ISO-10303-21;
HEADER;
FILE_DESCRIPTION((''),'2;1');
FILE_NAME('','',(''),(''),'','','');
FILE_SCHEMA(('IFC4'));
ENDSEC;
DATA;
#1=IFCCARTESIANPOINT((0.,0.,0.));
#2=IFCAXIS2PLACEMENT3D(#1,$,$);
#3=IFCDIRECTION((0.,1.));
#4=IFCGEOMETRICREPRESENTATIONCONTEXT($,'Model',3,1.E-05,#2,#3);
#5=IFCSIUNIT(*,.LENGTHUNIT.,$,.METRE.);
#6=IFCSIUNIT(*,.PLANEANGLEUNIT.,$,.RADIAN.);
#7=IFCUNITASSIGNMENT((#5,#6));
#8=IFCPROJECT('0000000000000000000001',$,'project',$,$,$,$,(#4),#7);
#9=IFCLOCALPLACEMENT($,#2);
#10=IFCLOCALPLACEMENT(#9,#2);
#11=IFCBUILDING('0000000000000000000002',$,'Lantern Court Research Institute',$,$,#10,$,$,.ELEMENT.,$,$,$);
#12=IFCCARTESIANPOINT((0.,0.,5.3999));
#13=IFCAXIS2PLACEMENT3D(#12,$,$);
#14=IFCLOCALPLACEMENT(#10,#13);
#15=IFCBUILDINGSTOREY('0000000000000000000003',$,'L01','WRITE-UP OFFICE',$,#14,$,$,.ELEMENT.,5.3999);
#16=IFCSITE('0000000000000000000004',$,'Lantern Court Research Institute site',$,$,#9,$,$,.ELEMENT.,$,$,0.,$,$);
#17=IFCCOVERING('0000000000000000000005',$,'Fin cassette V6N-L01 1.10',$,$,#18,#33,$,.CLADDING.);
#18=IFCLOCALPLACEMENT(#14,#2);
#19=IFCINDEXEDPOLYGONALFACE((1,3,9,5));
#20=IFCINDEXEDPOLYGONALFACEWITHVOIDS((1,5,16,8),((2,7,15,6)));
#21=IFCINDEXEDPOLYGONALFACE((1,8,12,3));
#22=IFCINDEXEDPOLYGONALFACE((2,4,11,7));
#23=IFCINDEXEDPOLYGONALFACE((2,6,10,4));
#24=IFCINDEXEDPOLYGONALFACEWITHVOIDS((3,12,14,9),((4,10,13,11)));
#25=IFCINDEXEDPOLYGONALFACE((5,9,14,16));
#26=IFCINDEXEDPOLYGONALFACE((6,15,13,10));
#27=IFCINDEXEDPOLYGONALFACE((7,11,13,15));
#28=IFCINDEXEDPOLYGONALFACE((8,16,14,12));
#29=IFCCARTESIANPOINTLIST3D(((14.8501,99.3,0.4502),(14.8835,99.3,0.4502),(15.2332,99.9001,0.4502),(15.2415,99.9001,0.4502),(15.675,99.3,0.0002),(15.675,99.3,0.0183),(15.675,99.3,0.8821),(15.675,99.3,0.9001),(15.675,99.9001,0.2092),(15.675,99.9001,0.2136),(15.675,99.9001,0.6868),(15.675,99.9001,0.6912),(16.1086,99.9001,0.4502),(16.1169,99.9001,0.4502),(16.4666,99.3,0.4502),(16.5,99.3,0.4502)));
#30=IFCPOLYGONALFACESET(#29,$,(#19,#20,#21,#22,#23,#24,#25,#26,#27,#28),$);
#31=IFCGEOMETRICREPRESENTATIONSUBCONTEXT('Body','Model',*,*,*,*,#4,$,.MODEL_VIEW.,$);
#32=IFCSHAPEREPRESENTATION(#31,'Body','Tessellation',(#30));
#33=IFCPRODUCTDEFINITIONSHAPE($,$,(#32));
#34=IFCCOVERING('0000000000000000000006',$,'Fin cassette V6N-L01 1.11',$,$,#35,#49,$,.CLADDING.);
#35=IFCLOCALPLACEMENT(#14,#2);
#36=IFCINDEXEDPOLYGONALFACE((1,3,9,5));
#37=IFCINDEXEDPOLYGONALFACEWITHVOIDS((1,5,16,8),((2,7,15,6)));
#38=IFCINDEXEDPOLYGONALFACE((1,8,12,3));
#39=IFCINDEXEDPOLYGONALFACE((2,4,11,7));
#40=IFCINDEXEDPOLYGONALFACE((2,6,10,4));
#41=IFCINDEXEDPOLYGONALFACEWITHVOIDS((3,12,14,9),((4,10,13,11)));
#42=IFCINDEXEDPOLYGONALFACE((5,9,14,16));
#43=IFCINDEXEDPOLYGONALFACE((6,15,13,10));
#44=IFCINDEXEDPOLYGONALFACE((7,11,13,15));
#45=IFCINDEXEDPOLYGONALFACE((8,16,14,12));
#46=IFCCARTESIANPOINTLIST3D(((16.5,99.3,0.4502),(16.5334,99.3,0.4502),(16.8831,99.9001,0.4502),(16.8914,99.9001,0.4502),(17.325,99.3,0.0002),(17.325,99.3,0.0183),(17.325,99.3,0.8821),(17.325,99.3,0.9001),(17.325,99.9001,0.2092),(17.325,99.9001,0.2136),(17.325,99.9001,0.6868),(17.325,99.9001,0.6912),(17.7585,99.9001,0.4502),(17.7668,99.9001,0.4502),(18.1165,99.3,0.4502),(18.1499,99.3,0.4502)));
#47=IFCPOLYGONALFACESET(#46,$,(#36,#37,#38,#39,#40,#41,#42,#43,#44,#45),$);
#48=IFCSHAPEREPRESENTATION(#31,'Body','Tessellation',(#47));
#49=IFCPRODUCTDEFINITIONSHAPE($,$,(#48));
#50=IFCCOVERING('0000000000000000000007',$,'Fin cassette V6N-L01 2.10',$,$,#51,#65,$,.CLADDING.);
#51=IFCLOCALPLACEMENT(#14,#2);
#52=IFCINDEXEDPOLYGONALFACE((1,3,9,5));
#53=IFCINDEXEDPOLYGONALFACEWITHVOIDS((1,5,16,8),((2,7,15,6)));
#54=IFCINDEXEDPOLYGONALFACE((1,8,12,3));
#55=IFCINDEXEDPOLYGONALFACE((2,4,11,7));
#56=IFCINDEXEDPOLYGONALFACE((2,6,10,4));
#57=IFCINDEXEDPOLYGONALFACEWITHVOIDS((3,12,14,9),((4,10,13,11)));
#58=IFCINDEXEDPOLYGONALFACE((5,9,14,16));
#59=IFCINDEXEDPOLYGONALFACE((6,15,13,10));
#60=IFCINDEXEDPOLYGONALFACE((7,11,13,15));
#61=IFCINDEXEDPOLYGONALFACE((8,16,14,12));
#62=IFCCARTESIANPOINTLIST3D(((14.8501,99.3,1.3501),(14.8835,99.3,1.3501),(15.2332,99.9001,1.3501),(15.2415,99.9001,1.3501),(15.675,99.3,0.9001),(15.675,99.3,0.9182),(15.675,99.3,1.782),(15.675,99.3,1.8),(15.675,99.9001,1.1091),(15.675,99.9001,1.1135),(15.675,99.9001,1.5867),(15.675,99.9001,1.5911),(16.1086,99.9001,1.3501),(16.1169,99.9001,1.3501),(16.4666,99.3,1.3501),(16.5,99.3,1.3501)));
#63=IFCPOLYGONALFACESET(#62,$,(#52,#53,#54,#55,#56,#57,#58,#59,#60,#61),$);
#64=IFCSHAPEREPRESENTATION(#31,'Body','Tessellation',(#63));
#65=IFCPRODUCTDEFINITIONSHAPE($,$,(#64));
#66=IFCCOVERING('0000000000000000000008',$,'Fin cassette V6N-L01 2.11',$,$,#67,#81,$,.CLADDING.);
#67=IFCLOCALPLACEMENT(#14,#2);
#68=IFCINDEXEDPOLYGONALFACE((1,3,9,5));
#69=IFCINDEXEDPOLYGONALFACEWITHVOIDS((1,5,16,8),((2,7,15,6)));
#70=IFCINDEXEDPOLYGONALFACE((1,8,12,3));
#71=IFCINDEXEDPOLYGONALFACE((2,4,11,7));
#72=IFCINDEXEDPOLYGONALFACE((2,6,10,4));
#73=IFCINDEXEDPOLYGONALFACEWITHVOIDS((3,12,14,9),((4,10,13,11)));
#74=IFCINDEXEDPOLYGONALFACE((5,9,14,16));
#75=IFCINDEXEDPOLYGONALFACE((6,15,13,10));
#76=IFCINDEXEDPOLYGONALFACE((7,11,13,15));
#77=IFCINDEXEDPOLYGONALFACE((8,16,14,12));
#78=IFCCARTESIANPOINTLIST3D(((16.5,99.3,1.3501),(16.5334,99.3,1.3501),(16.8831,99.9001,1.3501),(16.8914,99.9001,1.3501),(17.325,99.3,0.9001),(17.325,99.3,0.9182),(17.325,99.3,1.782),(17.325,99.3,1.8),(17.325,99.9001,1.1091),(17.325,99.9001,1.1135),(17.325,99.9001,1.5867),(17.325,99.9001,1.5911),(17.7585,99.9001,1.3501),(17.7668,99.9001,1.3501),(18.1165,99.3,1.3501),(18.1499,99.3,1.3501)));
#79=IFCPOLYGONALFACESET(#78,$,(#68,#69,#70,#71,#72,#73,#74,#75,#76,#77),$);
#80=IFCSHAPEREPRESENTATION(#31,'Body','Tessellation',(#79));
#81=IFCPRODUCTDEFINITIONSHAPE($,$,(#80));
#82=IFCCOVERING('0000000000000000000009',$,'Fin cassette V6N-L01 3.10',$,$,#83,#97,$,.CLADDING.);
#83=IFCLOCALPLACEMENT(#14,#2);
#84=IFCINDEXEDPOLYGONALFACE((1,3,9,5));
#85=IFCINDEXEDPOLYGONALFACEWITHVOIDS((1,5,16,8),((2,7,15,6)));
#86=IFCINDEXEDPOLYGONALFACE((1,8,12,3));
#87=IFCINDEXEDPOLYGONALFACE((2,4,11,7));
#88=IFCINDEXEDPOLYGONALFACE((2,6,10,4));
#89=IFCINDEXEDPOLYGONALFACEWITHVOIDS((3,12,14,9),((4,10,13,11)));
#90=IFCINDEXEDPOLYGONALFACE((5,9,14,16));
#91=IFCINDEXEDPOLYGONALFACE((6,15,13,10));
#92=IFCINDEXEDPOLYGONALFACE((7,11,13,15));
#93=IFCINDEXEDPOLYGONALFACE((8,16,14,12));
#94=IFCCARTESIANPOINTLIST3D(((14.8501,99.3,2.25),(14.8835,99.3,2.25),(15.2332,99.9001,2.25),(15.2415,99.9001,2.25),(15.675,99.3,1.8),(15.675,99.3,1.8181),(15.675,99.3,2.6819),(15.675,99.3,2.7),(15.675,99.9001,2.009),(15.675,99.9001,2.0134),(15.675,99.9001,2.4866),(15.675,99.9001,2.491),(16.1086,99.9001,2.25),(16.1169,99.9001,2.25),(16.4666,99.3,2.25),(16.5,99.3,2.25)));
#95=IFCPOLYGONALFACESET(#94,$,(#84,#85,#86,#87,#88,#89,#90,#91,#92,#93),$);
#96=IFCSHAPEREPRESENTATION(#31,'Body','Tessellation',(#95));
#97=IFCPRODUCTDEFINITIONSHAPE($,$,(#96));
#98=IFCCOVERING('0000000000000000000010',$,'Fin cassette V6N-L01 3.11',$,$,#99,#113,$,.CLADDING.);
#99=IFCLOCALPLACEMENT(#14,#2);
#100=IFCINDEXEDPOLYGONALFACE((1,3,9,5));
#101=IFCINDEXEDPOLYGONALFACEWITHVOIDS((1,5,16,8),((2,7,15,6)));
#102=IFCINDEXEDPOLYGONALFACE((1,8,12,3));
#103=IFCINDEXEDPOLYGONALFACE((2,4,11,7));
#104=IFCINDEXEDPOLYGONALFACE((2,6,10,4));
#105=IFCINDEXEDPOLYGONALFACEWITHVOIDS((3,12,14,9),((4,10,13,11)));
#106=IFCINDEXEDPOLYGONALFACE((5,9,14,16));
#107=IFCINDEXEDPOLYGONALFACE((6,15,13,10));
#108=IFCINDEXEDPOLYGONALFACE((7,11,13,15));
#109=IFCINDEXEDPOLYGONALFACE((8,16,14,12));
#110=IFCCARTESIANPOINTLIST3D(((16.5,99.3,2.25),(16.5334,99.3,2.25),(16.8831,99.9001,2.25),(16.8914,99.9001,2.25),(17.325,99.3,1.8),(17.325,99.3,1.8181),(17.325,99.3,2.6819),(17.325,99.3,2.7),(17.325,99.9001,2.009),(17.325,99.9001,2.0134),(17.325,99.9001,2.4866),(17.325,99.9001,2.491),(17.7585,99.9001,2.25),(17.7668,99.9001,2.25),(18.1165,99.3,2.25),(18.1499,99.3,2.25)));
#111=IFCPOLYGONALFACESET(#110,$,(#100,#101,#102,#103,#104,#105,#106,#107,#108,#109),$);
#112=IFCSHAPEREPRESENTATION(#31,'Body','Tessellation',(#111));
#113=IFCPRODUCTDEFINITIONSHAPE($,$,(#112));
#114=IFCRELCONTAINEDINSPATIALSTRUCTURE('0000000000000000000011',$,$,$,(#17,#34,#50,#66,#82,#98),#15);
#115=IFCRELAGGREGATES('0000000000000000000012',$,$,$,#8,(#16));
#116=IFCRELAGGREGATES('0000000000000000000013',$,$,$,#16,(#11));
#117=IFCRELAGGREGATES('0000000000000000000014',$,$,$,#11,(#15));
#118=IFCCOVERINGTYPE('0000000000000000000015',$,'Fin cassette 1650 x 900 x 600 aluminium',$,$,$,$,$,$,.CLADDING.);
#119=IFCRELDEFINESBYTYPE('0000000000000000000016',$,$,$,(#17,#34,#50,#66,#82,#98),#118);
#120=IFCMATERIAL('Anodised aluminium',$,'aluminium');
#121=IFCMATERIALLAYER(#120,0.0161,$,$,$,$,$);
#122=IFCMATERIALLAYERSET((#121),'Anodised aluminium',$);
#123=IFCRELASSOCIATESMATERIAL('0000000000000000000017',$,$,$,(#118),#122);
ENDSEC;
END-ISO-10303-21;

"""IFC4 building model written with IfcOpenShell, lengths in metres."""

from ifc_helpers import new_model, entity, si_unit, direction, frame, origin, place, context, subcontext, project, spatial, material, layer, layer_set, type_object, element, save


model = new_model("IFC4")

# Units and contexts
model_context = context("Model", 3, precision=1e-05, world=origin(), true_north=direction((0.0, 1.0)))
body_context = subcontext(model_context, "Body", "Model", "MODEL_VIEW")
ifc_project = project(units=[si_unit("LENGTHUNIT", "METRE"), si_unit("PLANEANGLEUNIT", "RADIAN")], contexts=[model_context])

# Site, building, storey
site_placement = place(None, origin())
site = spatial("IfcSite", under=ifc_project, at=site_placement, Name="Lantern Court Research Institute site", CompositionType="ELEMENT", RefElevation=0.0)
building_placement = place(site_placement, origin())
building = spatial("IfcBuilding", under=site, at=building_placement, Name="Lantern Court Research Institute", CompositionType="ELEMENT")
storey_placement = place(building_placement, frame((0.0, 0.0, 5.3999)))
storey = spatial("IfcBuildingStorey", under=building, at=storey_placement, Name="L01", Description="WRITE-UP OFFICE", CompositionType="ELEMENT", Elevation=5.3999)

# Coverings
ifc_material_1 = material(Name="Anodised aluminium", Category="aluminium")
ifc_layer_1 = layer(ifc_material_1, 0.0161)
ifc_layer_set_1 = layer_set([ifc_layer_1], Name="Anodised aluminium")
covering_type_1 = type_object("IfcCoveringType", Name="Fin cassette 1650 x 900 x 600 aluminium", PredefinedType="CLADDING", material=ifc_layer_set_1)
covering_1_placement = place(storey_placement, frame((15.675, 99.3, 0.4502), z_axis=(0.0, 1.0, 0.0), x_axis=(-1.0, 0.0, 0.0)))
cartesian_point_1 = entity("IfcCartesianPoint", [0.825, 0.0])
cartesian_point_2 = entity("IfcCartesianPoint", [0.7915, 0.0])
cartesian_point_3 = entity("IfcCartesianPoint", [0.4419, 0.0])
cartesian_point_4 = entity("IfcCartesianPoint", [0.4336, 0.0])
element("IfcCovering", 1, at=covering_1_placement, inside=storey, type_object=covering_type_1, Name="Fin cassette V6N-L01 1.10", PredefinedType="CLADDING", context=body_context, shape_type="SweptSolid", body=[
    entity("IfcExtrudedAreaSolidTapered", entity("IfcArbitraryProfileDefWithVoids", "AREA", None, entity("IfcPolyline", [cartesian_point_1, entity("IfcCartesianPoint", [0.0, 0.45]), entity("IfcCartesianPoint", [-0.825, 0.0]), entity("IfcCartesianPoint", [0.0, -0.45]), cartesian_point_1]), [entity("IfcPolyline", [cartesian_point_2, entity("IfcCartesianPoint", [0.0, 0.4319]), entity("IfcCartesianPoint", [-0.7915, 0.0]), entity("IfcCartesianPoint", [0.0, -0.4319]), cartesian_point_2])]), entity("IfcAxis2Placement3D", entity("IfcCartesianPoint", [0.0, 0.0, 0.0])), entity("IfcDirection", [0.0, 0.0, 1.0]), 0.6001, entity("IfcArbitraryProfileDefWithVoids", "AREA", None, entity("IfcPolyline", [cartesian_point_3, entity("IfcCartesianPoint", [0.0, 0.241]), entity("IfcCartesianPoint", [-0.4419, 0.0]), entity("IfcCartesianPoint", [0.0, -0.241]), cartesian_point_3]), [entity("IfcPolyline", [cartesian_point_4, entity("IfcCartesianPoint", [0.0, 0.2366]), entity("IfcCartesianPoint", [-0.4336, 0.0]), entity("IfcCartesianPoint", [0.0, -0.2366]), cartesian_point_4])])),
])
covering_2_placement = place(storey_placement, frame((17.325, 99.3, 0.4502), z_axis=(0.0, 1.0, 0.0), x_axis=(-1.0, 0.0, 0.0)))
cartesian_point_5 = entity("IfcCartesianPoint", [0.825, 0.0])
cartesian_point_6 = entity("IfcCartesianPoint", [0.7915, 0.0])
cartesian_point_7 = entity("IfcCartesianPoint", [0.4419, 0.0])
cartesian_point_8 = entity("IfcCartesianPoint", [0.4336, 0.0])
element("IfcCovering", 2, at=covering_2_placement, inside=storey, type_object=covering_type_1, Name="Fin cassette V6N-L01 1.11", PredefinedType="CLADDING", context=body_context, shape_type="SweptSolid", body=[
    entity("IfcExtrudedAreaSolidTapered", entity("IfcArbitraryProfileDefWithVoids", "AREA", None, entity("IfcPolyline", [cartesian_point_5, entity("IfcCartesianPoint", [0.0, 0.45]), entity("IfcCartesianPoint", [-0.825, 0.0]), entity("IfcCartesianPoint", [0.0, -0.45]), cartesian_point_5]), [entity("IfcPolyline", [cartesian_point_6, entity("IfcCartesianPoint", [0.0, 0.4319]), entity("IfcCartesianPoint", [-0.7915, 0.0]), entity("IfcCartesianPoint", [0.0, -0.4319]), cartesian_point_6])]), entity("IfcAxis2Placement3D", entity("IfcCartesianPoint", [0.0, 0.0, 0.0])), entity("IfcDirection", [0.0, 0.0, 1.0]), 0.6001, entity("IfcArbitraryProfileDefWithVoids", "AREA", None, entity("IfcPolyline", [cartesian_point_7, entity("IfcCartesianPoint", [0.0, 0.241]), entity("IfcCartesianPoint", [-0.4419, 0.0]), entity("IfcCartesianPoint", [0.0, -0.241]), cartesian_point_7]), [entity("IfcPolyline", [cartesian_point_8, entity("IfcCartesianPoint", [0.0, 0.2366]), entity("IfcCartesianPoint", [-0.4336, 0.0]), entity("IfcCartesianPoint", [0.0, -0.2366]), cartesian_point_8])])),
])
covering_3_placement = place(storey_placement, frame((15.675, 99.3, 1.3501), z_axis=(0.0, 1.0, 0.0), x_axis=(-1.0, 0.0, 0.0)))
cartesian_point_9 = entity("IfcCartesianPoint", [0.825, 0.0])
cartesian_point_10 = entity("IfcCartesianPoint", [0.7915, 0.0])
cartesian_point_11 = entity("IfcCartesianPoint", [0.4419, 0.0])
cartesian_point_12 = entity("IfcCartesianPoint", [0.4336, 0.0])
element("IfcCovering", 3, at=covering_3_placement, inside=storey, type_object=covering_type_1, Name="Fin cassette V6N-L01 2.10", PredefinedType="CLADDING", context=body_context, shape_type="SweptSolid", body=[
    entity("IfcExtrudedAreaSolidTapered", entity("IfcArbitraryProfileDefWithVoids", "AREA", None, entity("IfcPolyline", [cartesian_point_9, entity("IfcCartesianPoint", [0.0, 0.45]), entity("IfcCartesianPoint", [-0.825, 0.0]), entity("IfcCartesianPoint", [0.0, -0.45]), cartesian_point_9]), [entity("IfcPolyline", [cartesian_point_10, entity("IfcCartesianPoint", [0.0, 0.4319]), entity("IfcCartesianPoint", [-0.7915, 0.0]), entity("IfcCartesianPoint", [0.0, -0.4319]), cartesian_point_10])]), entity("IfcAxis2Placement3D", entity("IfcCartesianPoint", [0.0, 0.0, 0.0])), entity("IfcDirection", [0.0, 0.0, 1.0]), 0.6001, entity("IfcArbitraryProfileDefWithVoids", "AREA", None, entity("IfcPolyline", [cartesian_point_11, entity("IfcCartesianPoint", [0.0, 0.241]), entity("IfcCartesianPoint", [-0.4419, 0.0]), entity("IfcCartesianPoint", [0.0, -0.241]), cartesian_point_11]), [entity("IfcPolyline", [cartesian_point_12, entity("IfcCartesianPoint", [0.0, 0.2366]), entity("IfcCartesianPoint", [-0.4336, 0.0]), entity("IfcCartesianPoint", [0.0, -0.2366]), cartesian_point_12])])),
])
covering_4_placement = place(storey_placement, frame((17.325, 99.3, 1.3501), z_axis=(0.0, 1.0, 0.0), x_axis=(-1.0, 0.0, 0.0)))
cartesian_point_13 = entity("IfcCartesianPoint", [0.825, 0.0])
cartesian_point_14 = entity("IfcCartesianPoint", [0.7915, 0.0])
cartesian_point_15 = entity("IfcCartesianPoint", [0.4419, 0.0])
cartesian_point_16 = entity("IfcCartesianPoint", [0.4336, 0.0])
element("IfcCovering", 4, at=covering_4_placement, inside=storey, type_object=covering_type_1, Name="Fin cassette V6N-L01 2.11", PredefinedType="CLADDING", context=body_context, shape_type="SweptSolid", body=[
    entity("IfcExtrudedAreaSolidTapered", entity("IfcArbitraryProfileDefWithVoids", "AREA", None, entity("IfcPolyline", [cartesian_point_13, entity("IfcCartesianPoint", [0.0, 0.45]), entity("IfcCartesianPoint", [-0.825, 0.0]), entity("IfcCartesianPoint", [0.0, -0.45]), cartesian_point_13]), [entity("IfcPolyline", [cartesian_point_14, entity("IfcCartesianPoint", [0.0, 0.4319]), entity("IfcCartesianPoint", [-0.7915, 0.0]), entity("IfcCartesianPoint", [0.0, -0.4319]), cartesian_point_14])]), entity("IfcAxis2Placement3D", entity("IfcCartesianPoint", [0.0, 0.0, 0.0])), entity("IfcDirection", [0.0, 0.0, 1.0]), 0.6001, entity("IfcArbitraryProfileDefWithVoids", "AREA", None, entity("IfcPolyline", [cartesian_point_15, entity("IfcCartesianPoint", [0.0, 0.241]), entity("IfcCartesianPoint", [-0.4419, 0.0]), entity("IfcCartesianPoint", [0.0, -0.241]), cartesian_point_15]), [entity("IfcPolyline", [cartesian_point_16, entity("IfcCartesianPoint", [0.0, 0.2366]), entity("IfcCartesianPoint", [-0.4336, 0.0]), entity("IfcCartesianPoint", [0.0, -0.2366]), cartesian_point_16])])),
])
covering_5_placement = place(storey_placement, frame((15.675, 99.3, 2.25), z_axis=(0.0, 1.0, 0.0), x_axis=(-1.0, 0.0, 0.0)))
cartesian_point_17 = entity("IfcCartesianPoint", [0.825, 0.0])
cartesian_point_18 = entity("IfcCartesianPoint", [0.7915, 0.0])
cartesian_point_19 = entity("IfcCartesianPoint", [0.4419, 0.0])
cartesian_point_20 = entity("IfcCartesianPoint", [0.4336, 0.0])
element("IfcCovering", 5, at=covering_5_placement, inside=storey, type_object=covering_type_1, Name="Fin cassette V6N-L01 3.10", PredefinedType="CLADDING", context=body_context, shape_type="SweptSolid", body=[
    entity("IfcExtrudedAreaSolidTapered", entity("IfcArbitraryProfileDefWithVoids", "AREA", None, entity("IfcPolyline", [cartesian_point_17, entity("IfcCartesianPoint", [0.0, 0.45]), entity("IfcCartesianPoint", [-0.825, 0.0]), entity("IfcCartesianPoint", [0.0, -0.45]), cartesian_point_17]), [entity("IfcPolyline", [cartesian_point_18, entity("IfcCartesianPoint", [0.0, 0.4319]), entity("IfcCartesianPoint", [-0.7915, 0.0]), entity("IfcCartesianPoint", [0.0, -0.4319]), cartesian_point_18])]), entity("IfcAxis2Placement3D", entity("IfcCartesianPoint", [0.0, 0.0, 0.0])), entity("IfcDirection", [0.0, 0.0, 1.0]), 0.6001, entity("IfcArbitraryProfileDefWithVoids", "AREA", None, entity("IfcPolyline", [cartesian_point_19, entity("IfcCartesianPoint", [0.0, 0.241]), entity("IfcCartesianPoint", [-0.4419, 0.0]), entity("IfcCartesianPoint", [0.0, -0.241]), cartesian_point_19]), [entity("IfcPolyline", [cartesian_point_20, entity("IfcCartesianPoint", [0.0, 0.2366]), entity("IfcCartesianPoint", [-0.4336, 0.0]), entity("IfcCartesianPoint", [0.0, -0.2366]), cartesian_point_20])])),
])
covering_6_placement = place(storey_placement, frame((17.325, 99.3, 2.25), z_axis=(0.0, 1.0, 0.0), x_axis=(-1.0, 0.0, 0.0)))
cartesian_point_21 = entity("IfcCartesianPoint", [0.825, 0.0])
cartesian_point_22 = entity("IfcCartesianPoint", [0.7915, 0.0])
cartesian_point_23 = entity("IfcCartesianPoint", [0.4419, 0.0])
cartesian_point_24 = entity("IfcCartesianPoint", [0.4336, 0.0])
element("IfcCovering", 6, at=covering_6_placement, inside=storey, type_object=covering_type_1, Name="Fin cassette V6N-L01 3.11", PredefinedType="CLADDING", context=body_context, shape_type="SweptSolid", body=[
    entity("IfcExtrudedAreaSolidTapered", entity("IfcArbitraryProfileDefWithVoids", "AREA", None, entity("IfcPolyline", [cartesian_point_21, entity("IfcCartesianPoint", [0.0, 0.45]), entity("IfcCartesianPoint", [-0.825, 0.0]), entity("IfcCartesianPoint", [0.0, -0.45]), cartesian_point_21]), [entity("IfcPolyline", [cartesian_point_22, entity("IfcCartesianPoint", [0.0, 0.4319]), entity("IfcCartesianPoint", [-0.7915, 0.0]), entity("IfcCartesianPoint", [0.0, -0.4319]), cartesian_point_22])]), entity("IfcAxis2Placement3D", entity("IfcCartesianPoint", [0.0, 0.0, 0.0])), entity("IfcDirection", [0.0, 0.0, 1.0]), 0.6001, entity("IfcArbitraryProfileDefWithVoids", "AREA", None, entity("IfcPolyline", [cartesian_point_23, entity("IfcCartesianPoint", [0.0, 0.241]), entity("IfcCartesianPoint", [-0.4419, 0.0]), entity("IfcCartesianPoint", [0.0, -0.241]), cartesian_point_23]), [entity("IfcPolyline", [cartesian_point_24, entity("IfcCartesianPoint", [0.0, 0.2366]), entity("IfcCartesianPoint", [-0.4336, 0.0]), entity("IfcCartesianPoint", [0.0, -0.2366]), cartesian_point_24])])),
])

save(model, "model.ifc")
